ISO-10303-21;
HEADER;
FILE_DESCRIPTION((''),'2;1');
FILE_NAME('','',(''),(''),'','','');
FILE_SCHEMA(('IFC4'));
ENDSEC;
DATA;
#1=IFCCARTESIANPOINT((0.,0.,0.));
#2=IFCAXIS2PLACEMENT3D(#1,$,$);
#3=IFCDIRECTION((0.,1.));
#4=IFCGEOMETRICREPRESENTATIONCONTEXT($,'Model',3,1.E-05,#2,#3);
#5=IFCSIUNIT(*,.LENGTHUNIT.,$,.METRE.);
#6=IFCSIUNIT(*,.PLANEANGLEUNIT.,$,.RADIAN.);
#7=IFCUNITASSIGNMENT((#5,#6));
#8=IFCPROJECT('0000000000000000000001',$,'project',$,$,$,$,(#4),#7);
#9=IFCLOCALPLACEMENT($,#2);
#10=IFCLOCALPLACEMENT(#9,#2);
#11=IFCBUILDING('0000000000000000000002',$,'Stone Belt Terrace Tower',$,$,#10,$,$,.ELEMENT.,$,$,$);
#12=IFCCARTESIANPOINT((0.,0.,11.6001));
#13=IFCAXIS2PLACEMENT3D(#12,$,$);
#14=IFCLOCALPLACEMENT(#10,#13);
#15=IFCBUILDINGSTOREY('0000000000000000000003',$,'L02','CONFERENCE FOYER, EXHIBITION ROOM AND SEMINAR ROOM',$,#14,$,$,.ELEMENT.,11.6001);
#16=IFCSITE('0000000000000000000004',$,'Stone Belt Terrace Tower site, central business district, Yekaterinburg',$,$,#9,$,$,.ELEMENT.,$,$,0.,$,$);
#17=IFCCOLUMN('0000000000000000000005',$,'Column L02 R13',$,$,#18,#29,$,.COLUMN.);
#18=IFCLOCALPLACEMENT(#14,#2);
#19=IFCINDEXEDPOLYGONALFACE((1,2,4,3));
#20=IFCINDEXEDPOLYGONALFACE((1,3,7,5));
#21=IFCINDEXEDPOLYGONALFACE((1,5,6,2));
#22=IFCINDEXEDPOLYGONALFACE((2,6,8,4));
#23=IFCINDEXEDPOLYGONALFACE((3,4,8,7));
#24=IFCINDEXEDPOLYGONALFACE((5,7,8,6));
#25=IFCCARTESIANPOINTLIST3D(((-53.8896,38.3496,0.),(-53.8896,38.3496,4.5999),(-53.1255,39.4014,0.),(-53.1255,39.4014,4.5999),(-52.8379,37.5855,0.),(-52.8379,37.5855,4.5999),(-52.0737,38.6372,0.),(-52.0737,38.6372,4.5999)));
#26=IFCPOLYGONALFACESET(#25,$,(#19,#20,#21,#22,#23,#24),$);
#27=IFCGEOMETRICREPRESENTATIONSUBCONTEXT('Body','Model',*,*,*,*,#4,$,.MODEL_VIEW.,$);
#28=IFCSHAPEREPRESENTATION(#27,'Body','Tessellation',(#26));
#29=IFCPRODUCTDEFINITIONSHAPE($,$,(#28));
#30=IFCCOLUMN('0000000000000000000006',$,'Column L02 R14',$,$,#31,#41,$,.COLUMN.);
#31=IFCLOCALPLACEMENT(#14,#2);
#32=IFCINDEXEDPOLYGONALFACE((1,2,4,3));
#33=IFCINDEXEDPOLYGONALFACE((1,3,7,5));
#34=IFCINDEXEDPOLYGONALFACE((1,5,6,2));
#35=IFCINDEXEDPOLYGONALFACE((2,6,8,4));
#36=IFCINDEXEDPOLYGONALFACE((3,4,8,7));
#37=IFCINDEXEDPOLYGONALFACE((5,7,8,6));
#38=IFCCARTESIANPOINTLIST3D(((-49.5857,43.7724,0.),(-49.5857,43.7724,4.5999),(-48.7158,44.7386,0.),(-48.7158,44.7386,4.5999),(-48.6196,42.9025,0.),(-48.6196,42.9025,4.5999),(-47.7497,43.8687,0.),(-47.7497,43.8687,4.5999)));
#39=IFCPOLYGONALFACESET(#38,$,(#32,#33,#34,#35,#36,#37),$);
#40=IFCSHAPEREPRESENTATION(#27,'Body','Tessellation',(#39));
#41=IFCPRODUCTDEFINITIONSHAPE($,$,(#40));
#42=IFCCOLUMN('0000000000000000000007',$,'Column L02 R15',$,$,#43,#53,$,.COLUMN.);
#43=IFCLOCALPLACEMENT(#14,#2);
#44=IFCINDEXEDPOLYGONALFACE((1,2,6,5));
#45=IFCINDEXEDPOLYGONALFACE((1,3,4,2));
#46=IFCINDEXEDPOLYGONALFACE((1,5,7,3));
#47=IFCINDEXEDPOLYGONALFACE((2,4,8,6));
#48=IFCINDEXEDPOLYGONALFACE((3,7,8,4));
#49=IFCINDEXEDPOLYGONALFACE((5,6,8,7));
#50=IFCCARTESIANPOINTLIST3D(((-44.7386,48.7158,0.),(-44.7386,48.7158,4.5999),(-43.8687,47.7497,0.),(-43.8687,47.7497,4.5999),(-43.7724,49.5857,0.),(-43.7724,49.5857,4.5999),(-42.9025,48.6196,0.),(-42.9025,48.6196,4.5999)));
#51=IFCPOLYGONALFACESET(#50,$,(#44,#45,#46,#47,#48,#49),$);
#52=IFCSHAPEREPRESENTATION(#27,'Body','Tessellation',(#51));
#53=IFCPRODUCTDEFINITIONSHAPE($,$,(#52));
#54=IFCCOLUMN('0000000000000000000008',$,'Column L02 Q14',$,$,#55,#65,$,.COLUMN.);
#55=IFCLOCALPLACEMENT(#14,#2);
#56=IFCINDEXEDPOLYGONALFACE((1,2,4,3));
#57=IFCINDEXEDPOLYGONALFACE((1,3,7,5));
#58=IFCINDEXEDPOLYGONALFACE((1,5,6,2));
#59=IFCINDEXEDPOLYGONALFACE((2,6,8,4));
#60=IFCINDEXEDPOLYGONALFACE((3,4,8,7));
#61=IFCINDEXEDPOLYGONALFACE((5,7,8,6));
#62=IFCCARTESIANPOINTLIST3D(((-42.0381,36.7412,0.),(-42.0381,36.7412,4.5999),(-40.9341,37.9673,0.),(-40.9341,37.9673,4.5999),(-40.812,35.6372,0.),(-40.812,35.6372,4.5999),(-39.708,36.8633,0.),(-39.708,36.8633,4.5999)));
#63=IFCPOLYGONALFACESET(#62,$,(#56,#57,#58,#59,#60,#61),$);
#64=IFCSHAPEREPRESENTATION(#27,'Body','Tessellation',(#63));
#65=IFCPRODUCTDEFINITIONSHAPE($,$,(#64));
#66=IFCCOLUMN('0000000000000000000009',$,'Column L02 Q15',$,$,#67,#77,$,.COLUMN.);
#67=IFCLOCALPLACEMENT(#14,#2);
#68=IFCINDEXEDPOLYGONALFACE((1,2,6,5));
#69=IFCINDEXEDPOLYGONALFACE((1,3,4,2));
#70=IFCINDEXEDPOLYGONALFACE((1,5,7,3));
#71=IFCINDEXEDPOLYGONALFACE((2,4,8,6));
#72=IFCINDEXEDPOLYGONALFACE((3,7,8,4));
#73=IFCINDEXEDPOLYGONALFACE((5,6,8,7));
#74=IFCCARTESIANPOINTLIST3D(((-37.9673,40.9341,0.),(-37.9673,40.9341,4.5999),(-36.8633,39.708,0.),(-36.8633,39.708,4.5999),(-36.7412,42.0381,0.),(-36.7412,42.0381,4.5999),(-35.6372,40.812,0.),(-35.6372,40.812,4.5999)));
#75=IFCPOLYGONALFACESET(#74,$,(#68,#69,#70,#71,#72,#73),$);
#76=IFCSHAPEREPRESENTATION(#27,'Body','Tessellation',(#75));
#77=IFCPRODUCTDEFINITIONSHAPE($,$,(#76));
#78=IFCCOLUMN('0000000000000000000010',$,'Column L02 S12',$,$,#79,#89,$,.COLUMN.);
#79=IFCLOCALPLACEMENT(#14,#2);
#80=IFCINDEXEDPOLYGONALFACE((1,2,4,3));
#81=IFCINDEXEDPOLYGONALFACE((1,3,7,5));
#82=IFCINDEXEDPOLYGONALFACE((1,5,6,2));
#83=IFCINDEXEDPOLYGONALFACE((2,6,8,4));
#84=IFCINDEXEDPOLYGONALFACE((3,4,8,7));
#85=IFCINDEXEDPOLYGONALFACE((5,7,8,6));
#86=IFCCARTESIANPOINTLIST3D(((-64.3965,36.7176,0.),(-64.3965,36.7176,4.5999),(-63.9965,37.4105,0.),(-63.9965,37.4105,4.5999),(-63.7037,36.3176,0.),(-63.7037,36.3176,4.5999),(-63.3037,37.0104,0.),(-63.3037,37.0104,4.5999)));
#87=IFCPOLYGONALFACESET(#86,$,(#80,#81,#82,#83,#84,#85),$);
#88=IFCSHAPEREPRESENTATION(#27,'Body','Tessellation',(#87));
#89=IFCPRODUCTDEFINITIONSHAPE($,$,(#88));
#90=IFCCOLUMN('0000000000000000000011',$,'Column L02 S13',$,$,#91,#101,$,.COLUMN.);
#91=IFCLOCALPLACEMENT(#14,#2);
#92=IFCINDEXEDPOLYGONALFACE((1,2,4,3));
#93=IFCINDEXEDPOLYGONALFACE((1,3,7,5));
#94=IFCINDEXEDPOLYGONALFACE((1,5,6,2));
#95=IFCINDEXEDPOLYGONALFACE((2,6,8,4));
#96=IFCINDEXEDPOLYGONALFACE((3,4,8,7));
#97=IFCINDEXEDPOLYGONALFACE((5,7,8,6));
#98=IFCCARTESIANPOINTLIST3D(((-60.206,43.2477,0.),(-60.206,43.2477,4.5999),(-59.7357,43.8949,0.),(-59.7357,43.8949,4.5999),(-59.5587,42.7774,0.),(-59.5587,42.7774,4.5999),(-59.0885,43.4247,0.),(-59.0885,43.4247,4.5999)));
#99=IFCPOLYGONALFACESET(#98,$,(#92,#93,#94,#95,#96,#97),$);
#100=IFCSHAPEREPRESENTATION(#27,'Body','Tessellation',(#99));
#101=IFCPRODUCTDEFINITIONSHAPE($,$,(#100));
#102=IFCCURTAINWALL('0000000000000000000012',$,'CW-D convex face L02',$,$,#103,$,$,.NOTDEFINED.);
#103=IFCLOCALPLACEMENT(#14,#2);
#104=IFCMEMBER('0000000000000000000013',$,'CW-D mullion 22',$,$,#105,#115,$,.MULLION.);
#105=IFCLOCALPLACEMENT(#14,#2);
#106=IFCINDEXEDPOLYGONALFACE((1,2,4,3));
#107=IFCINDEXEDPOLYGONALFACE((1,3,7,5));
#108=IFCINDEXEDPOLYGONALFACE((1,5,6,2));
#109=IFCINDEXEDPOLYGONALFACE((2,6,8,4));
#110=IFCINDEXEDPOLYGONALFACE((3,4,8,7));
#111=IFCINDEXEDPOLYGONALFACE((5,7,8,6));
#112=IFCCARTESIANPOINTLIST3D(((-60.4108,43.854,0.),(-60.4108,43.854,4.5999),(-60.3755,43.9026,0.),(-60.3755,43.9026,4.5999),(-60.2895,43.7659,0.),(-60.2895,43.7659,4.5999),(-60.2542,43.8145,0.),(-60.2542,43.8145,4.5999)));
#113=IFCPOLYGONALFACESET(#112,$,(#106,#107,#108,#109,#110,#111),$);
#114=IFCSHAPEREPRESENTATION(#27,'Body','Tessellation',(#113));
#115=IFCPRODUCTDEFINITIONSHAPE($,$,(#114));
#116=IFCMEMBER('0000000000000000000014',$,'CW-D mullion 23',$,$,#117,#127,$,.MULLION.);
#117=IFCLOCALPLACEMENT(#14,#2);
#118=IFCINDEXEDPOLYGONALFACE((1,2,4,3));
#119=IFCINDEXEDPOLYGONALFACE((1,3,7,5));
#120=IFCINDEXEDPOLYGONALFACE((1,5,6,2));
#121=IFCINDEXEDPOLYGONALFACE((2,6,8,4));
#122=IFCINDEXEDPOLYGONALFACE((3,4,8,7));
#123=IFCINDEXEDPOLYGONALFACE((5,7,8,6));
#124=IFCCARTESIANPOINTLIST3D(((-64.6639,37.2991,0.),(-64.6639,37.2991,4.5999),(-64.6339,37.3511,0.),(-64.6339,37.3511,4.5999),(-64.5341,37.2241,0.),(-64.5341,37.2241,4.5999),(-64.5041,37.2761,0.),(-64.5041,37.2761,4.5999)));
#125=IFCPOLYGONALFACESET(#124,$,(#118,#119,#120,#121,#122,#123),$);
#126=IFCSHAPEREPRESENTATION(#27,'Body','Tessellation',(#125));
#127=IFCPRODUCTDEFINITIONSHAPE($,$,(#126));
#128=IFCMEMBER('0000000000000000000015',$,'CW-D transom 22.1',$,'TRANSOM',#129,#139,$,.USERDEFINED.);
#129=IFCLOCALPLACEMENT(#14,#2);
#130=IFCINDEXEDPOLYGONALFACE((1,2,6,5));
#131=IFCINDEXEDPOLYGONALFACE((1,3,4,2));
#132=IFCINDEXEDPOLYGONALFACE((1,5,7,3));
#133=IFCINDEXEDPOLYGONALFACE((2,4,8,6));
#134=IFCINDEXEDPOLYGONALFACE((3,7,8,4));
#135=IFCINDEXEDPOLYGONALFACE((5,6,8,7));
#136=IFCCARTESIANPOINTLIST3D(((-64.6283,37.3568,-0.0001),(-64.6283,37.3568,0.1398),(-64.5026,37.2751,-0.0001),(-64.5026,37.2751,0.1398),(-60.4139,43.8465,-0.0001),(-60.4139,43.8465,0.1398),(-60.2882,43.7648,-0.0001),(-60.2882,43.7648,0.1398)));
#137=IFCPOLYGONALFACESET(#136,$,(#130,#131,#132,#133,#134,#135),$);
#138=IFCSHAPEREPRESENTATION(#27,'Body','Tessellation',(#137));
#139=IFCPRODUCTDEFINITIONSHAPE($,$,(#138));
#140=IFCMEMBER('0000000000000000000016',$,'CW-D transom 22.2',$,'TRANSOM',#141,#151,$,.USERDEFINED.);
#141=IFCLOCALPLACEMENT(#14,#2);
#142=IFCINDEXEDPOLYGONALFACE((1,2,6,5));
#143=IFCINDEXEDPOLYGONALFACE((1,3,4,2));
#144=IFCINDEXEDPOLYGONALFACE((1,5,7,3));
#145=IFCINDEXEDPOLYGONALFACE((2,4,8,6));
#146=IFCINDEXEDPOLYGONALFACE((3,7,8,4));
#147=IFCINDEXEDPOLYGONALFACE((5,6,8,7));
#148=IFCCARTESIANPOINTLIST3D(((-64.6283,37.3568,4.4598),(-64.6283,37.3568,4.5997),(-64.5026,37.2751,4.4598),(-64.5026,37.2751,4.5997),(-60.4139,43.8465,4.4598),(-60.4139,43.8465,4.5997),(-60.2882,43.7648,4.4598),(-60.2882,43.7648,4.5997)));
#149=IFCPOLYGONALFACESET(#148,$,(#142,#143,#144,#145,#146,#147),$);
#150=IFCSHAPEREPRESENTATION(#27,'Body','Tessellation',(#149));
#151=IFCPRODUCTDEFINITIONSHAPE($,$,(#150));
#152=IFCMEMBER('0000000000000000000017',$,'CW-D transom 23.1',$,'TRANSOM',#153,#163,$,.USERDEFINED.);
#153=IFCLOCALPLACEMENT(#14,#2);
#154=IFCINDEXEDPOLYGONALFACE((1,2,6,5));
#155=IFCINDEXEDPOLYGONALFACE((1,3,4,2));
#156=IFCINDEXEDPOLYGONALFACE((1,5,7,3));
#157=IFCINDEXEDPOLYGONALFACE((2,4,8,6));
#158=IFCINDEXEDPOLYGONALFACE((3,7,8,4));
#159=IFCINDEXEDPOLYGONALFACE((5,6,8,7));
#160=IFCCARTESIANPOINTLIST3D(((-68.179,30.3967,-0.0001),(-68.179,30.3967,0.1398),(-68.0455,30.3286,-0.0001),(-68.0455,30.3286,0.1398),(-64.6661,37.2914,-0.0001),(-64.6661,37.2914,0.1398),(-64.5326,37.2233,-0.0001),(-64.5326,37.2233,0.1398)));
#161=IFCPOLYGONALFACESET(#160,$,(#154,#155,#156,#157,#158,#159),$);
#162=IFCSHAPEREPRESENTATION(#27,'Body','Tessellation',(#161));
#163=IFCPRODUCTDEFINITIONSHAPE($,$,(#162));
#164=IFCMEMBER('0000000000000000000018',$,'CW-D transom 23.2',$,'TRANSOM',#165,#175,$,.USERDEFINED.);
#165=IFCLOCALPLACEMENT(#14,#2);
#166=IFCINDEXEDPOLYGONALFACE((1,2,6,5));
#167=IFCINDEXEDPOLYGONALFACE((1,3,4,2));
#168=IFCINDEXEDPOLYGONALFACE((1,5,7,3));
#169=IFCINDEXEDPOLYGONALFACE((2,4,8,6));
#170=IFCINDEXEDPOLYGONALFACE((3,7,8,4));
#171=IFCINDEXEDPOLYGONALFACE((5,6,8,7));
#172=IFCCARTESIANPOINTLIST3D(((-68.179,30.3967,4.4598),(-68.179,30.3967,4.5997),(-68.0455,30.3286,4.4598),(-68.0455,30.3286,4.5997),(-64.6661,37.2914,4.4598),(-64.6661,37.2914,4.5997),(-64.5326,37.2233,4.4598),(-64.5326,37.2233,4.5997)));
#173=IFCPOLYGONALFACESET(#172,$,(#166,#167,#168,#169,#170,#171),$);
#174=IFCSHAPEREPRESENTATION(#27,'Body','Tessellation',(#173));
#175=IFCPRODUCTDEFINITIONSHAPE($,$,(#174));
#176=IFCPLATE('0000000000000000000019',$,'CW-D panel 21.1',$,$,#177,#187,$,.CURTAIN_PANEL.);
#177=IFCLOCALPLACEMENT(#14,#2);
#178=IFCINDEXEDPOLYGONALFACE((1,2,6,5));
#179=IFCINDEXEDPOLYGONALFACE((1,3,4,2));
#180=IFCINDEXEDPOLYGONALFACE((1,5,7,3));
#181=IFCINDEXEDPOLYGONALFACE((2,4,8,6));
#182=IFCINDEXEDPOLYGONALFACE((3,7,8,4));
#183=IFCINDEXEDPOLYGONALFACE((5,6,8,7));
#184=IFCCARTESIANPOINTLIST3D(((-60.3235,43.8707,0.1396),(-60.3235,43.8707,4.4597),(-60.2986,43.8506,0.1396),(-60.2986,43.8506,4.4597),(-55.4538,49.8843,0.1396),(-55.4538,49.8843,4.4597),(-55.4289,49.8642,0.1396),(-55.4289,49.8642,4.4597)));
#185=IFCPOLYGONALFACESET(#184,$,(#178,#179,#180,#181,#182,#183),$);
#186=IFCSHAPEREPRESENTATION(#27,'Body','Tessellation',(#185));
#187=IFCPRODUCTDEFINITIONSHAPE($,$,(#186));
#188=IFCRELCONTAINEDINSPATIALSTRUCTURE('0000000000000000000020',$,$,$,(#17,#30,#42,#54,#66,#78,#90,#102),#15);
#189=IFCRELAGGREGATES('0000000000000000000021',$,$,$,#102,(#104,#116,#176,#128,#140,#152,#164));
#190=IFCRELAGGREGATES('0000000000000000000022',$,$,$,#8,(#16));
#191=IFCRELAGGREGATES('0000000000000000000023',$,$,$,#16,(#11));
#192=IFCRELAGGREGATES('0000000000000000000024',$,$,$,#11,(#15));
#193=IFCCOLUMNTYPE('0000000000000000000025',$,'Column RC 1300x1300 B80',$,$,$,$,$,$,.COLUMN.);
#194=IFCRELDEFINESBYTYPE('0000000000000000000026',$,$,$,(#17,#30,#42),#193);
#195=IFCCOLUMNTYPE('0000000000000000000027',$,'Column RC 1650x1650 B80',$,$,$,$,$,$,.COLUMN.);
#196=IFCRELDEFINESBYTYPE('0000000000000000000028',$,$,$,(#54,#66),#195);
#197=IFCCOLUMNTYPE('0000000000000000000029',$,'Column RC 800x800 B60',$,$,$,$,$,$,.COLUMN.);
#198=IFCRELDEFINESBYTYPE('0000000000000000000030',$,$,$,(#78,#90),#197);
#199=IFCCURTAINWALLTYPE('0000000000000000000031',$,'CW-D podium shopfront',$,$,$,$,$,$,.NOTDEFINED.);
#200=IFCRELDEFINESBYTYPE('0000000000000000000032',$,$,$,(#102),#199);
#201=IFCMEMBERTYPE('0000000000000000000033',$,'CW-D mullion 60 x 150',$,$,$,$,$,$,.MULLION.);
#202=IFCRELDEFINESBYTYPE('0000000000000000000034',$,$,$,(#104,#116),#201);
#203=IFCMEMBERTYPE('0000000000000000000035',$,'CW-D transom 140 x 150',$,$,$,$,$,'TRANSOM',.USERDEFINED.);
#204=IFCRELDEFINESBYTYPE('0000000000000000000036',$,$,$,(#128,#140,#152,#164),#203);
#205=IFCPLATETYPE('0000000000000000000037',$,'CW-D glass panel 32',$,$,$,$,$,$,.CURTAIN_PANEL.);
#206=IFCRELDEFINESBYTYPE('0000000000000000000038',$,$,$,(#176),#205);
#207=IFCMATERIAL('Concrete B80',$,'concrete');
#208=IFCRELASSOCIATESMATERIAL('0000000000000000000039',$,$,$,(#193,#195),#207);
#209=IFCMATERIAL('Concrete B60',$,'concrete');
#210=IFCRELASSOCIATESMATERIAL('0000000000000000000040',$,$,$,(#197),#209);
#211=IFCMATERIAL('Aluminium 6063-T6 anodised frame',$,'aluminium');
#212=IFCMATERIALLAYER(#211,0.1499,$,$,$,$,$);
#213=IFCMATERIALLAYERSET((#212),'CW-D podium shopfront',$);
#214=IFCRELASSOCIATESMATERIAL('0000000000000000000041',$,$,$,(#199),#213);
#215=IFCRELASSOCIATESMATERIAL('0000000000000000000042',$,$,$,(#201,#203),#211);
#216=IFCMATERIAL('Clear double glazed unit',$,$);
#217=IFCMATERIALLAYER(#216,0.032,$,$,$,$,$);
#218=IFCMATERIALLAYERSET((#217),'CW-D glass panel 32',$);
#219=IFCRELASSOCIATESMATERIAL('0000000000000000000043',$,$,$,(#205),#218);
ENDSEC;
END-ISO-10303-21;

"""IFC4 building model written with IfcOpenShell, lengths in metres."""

from ifc_helpers import new_model, si_unit, direction, frame, origin, origin_2d, place, context, subcontext, project, spatial, rectangle, extrude, material, layer, layer_set, material_profile, profile_set, type_object, element, aggregate, save


model = new_model("IFC4")

# Units and contexts
model_context = context("Model", 3, precision=1e-05, world=origin(), true_north=direction((0.0, 1.0)))
body_context = subcontext(model_context, "Body", "Model", "MODEL_VIEW")
ifc_project = project(units=[si_unit("LENGTHUNIT", "METRE"), si_unit("PLANEANGLEUNIT", "RADIAN")], contexts=[model_context])

# Site, building, storey
site_placement = place(None, origin())
site = spatial("IfcSite", under=ifc_project, at=site_placement, Name="Stone Belt Terrace Tower site, central business district, Yekaterinburg", CompositionType="ELEMENT", RefElevation=0.0)
building_placement = place(site_placement, origin())
building = spatial("IfcBuilding", under=site, at=building_placement, Name="Stone Belt Terrace Tower", CompositionType="ELEMENT")
storey_placement = place(building_placement, frame((0.0, 0.0, 11.6001)))
storey = spatial("IfcBuildingStorey", under=building, at=storey_placement, Name="L02", Description="CONFERENCE FOYER, EXHIBITION ROOM AND SEMINAR ROOM", CompositionType="ELEMENT", Elevation=11.6001)

# Columns
ifc_material_1 = material(Name="Concrete B80", Category="concrete")
ifc_material_profile_1 = material_profile(ifc_material_1, rectangle(XDim=1.3, YDim=1.3, at=origin_2d()), Name="RC 1300x1300")
ifc_profile_set_1 = profile_set([ifc_material_profile_1], Name="Concrete B80")
column_type_1 = type_object("IfcColumnType", Name="Column RC 1300x1300 B80", PredefinedType="COLUMN", material=ifc_profile_set_1)
for number, where, z_axis, x_axis, name in (
    (1, (-52.9817, 38.4934, 0.0), (0.0, 0.0, 1.0), (0.587785, 0.809017, 0.0), "Column L02 R13"),
    (2, (-48.6677, 43.8206, 0.0), (0.0, 0.0, 1.0), (0.669131, 0.743145, 0.0), "Column L02 R14"),
    (3, (-43.8206, 48.6677, 0.0), (0.0, 0.0, 1.0), (0.743145, 0.669131, 0.0), "Column L02 R15"),
):
    element("IfcColumn", number, at=place(storey_placement, frame(where, z_axis=z_axis, x_axis=x_axis)), inside=storey, type_object=column_type_1, Name=name, PredefinedType="COLUMN", context=body_context, shape_type="SweptSolid", body=[
        extrude(rectangle(XDim=1.3, YDim=1.3, at=origin_2d()), origin(), (0.0, 0.0, 1.0), 4.5999),
    ])
ifc_material_profile_2 = material_profile(ifc_material_1, rectangle(XDim=1.6499, YDim=1.6499, at=origin_2d()), Name="RC 1650x1650")
ifc_profile_set_2 = profile_set([ifc_material_profile_2], Name="Concrete B80")
column_type_2 = type_object("IfcColumnType", Name="Column RC 1650x1650 B80", PredefinedType="COLUMN", material=ifc_profile_set_2)
for number, where, z_axis, x_axis, name in (
    (4, (-40.873, 36.8022, 0.0), (0.0, 0.0, 1.0), (0.669131, 0.743145, 0.0), "Column L02 Q14"),
    (5, (-36.8022, 40.873, 0.0), (0.0, 0.0, 1.0), (0.743145, 0.669131, 0.0), "Column L02 Q15"),
):
    element("IfcColumn", number, at=place(storey_placement, frame(where, z_axis=z_axis, x_axis=x_axis)), inside=storey, type_object=column_type_2, Name=name, PredefinedType="COLUMN", context=body_context, shape_type="SweptSolid", body=[
        extrude(rectangle(XDim=1.6499, YDim=1.6499, at=origin_2d()), origin(), (0.0, 0.0, 1.0), 4.5999),
    ])
ifc_material_2 = material(Name="Concrete B60", Category="concrete")
ifc_material_profile_3 = material_profile(ifc_material_2, rectangle(XDim=0.8, YDim=0.8, at=origin_2d()), Name="RC 800x800")
ifc_profile_set_3 = profile_set([ifc_material_profile_3], Name="Concrete B60")
column_type_3 = type_object("IfcColumnType", Name="Column RC 800x800 B60", PredefinedType="COLUMN", material=ifc_profile_set_3)
for number, where, z_axis, x_axis, name in (
    (6, (-63.8501, 36.864, 0.0), (0.0, 0.0, 1.0), (0.5, 0.866025, 0.0), "Column L02 S12"),
    (7, (-59.6472, 43.3362, 0.0), (0.0, 0.0, 1.0), (0.587785, 0.809017, 0.0), "Column L02 S13"),
):
    element("IfcColumn", number, at=place(storey_placement, frame(where, z_axis=z_axis, x_axis=x_axis)), inside=storey, type_object=column_type_3, Name=name, PredefinedType="COLUMN", context=body_context, shape_type="SweptSolid", body=[
        extrude(rectangle(XDim=0.8, YDim=0.8, at=origin_2d()), origin(), (0.0, 0.0, 1.0), 4.5999),
    ])

# Curtain wall, members, plate
ifc_material_3 = material(Name="Aluminium 6063-T6 anodised frame", Category="aluminium")
ifc_layer_1 = layer(ifc_material_3, 0.1499)
ifc_layer_set_1 = layer_set([ifc_layer_1], Name="CW-D podium shopfront")
curtain_wall_type = type_object("IfcCurtainWallType", Name="CW-D podium shopfront", PredefinedType="NOTDEFINED", material=ifc_layer_set_1)
curtain_wall_placement = place(storey_placement, origin())
curtain_wall = element("IfcCurtainWall", 8, at=curtain_wall_placement, inside=storey, type_object=curtain_wall_type, Name="CW-D convex face L02", PredefinedType="NOTDEFINED")
ifc_material_profile_4 = material_profile(ifc_material_3, rectangle(XDim=0.1499, YDim=0.0601, at=origin_2d()), Name="Aluminium 6063-T6 60x150")
ifc_profile_set_4 = profile_set([ifc_material_profile_4], Name="Aluminium 6063-T6 anodised frame")
member_type_1 = type_object("IfcMemberType", Name="CW-D mullion 60 x 150", PredefinedType="MULLION", material=ifc_profile_set_4)
member_1_placement = place(storey_placement, frame((-60.3325, 43.8342, 0.0), z_axis=(0.0, 0.0, 1.0), x_axis=(0.809017, -0.587785, 0.0)))
member_1 = element("IfcMember", 9, at=member_1_placement, type_object=member_type_1, Name="CW-D mullion 22", PredefinedType="MULLION", context=body_context, shape_type="SweptSolid", body=[
    extrude(rectangle(XDim=0.1499, YDim=0.0601, at=origin_2d()), origin(), (0.0, 0.0, 1.0), 4.5999),
])
member_2_placement = place(storey_placement, frame((-64.584, 37.2876, 0.0), z_axis=(0.0, 0.0, 1.0), x_axis=(0.866025, -0.5, 0.0)))
member_2 = element("IfcMember", 10, at=member_2_placement, type_object=member_type_1, Name="CW-D mullion 23", PredefinedType="MULLION", context=body_context, shape_type="SweptSolid", body=[
    extrude(rectangle(XDim=0.1499, YDim=0.0601, at=origin_2d()), origin(), (0.0, 0.0, 1.0), 4.5999),
])
ifc_material_profile_5 = material_profile(ifc_material_3, rectangle(XDim=0.1499, YDim=0.1399, at=origin_2d()), Name="Aluminium 6063-T6 150x140")
ifc_profile_set_5 = profile_set([ifc_material_profile_5], Name="Aluminium 6063-T6 anodised frame")
member_type_2 = type_object("IfcMemberType", Name="CW-D transom 140 x 150", ElementType="TRANSOM", PredefinedType="USERDEFINED", material=ifc_profile_set_5)
member_3_placement = place(storey_placement, frame((-60.3511, 43.8057, 0.0698), z_axis=(-0.544627, -0.838679, 0.0), x_axis=(0.838679, -0.544627, 0.0)))
member_3 = element("IfcMember", 11, at=member_3_placement, type_object=member_type_2, Name="CW-D transom 22.1", ObjectType="TRANSOM", PredefinedType="USERDEFINED", context=body_context, shape_type="SweptSolid", body=[
    extrude(rectangle(XDim=0.1499, YDim=0.1399, at=origin_2d()), origin(), (0.0, 0.0, 1.0), 7.738),
])
member_4_placement = place(storey_placement, frame((-60.3511, 43.8057, 4.5298), z_axis=(-0.544627, -0.838679, 0.0), x_axis=(0.838679, -0.544627, 0.0)))
member_4 = element("IfcMember", 12, at=member_4_placement, type_object=member_type_2, Name="CW-D transom 22.2", ObjectType="TRANSOM", PredefinedType="USERDEFINED", context=body_context, shape_type="SweptSolid", body=[
    extrude(rectangle(XDim=0.1499, YDim=0.1399, at=origin_2d()), origin(), (0.0, 0.0, 1.0), 7.738),
])
member_5_placement = place(storey_placement, frame((-64.5994, 37.2573, 0.0698), z_axis=(-0.453978, -0.891013, 0.0), x_axis=(0.891013, -0.453978, 0.0)))
member_5 = element("IfcMember", 13, at=member_5_placement, type_object=member_type_2, Name="CW-D transom 23.1", ObjectType="TRANSOM", PredefinedType="USERDEFINED", context=body_context, shape_type="SweptSolid", body=[
    extrude(rectangle(XDim=0.1499, YDim=0.1399, at=origin_2d()), origin(), (0.0, 0.0, 1.0), 7.738),
])
member_6_placement = place(storey_placement, frame((-64.5994, 37.2573, 4.5298), z_axis=(-0.453978, -0.891013, 0.0), x_axis=(0.891013, -0.453978, 0.0)))
member_6 = element("IfcMember", 14, at=member_6_placement, type_object=member_type_2, Name="CW-D transom 23.2", ObjectType="TRANSOM", PredefinedType="USERDEFINED", context=body_context, shape_type="SweptSolid", body=[
    extrude(rectangle(XDim=0.1499, YDim=0.1399, at=origin_2d()), origin(), (0.0, 0.0, 1.0), 7.738),
])
ifc_material_4 = material(Name="Clear double glazed unit")
ifc_layer_2 = layer(ifc_material_4, 0.032)
ifc_layer_set_2 = layer_set([ifc_layer_2], Name="CW-D glass panel 32")
plate_type = type_object("IfcPlateType", Name="CW-D glass panel 32", PredefinedType="CURTAIN_PANEL", material=ifc_layer_set_2)
plate_1_placement = place(storey_placement, frame((-57.8762, 46.8674, 0.1396), z_axis=(0.0, 0.0, 1.0), x_axis=(-0.62932, -0.777146, 0.0)))
plate_1 = element("IfcPlate", 15, at=plate_1_placement, type_object=plate_type, Name="CW-D panel 21.1", PredefinedType="CURTAIN_PANEL", context=body_context, shape_type="SweptSolid", body=[
    extrude(rectangle(XDim=7.738, YDim=0.032, at=origin_2d()), origin(), (0.0, 0.0, 1.0), 4.3201),
])
aggregate(curtain_wall, [member_1, member_2, plate_1, member_3, member_4, member_5, member_6])

save(model, "model.ifc")
